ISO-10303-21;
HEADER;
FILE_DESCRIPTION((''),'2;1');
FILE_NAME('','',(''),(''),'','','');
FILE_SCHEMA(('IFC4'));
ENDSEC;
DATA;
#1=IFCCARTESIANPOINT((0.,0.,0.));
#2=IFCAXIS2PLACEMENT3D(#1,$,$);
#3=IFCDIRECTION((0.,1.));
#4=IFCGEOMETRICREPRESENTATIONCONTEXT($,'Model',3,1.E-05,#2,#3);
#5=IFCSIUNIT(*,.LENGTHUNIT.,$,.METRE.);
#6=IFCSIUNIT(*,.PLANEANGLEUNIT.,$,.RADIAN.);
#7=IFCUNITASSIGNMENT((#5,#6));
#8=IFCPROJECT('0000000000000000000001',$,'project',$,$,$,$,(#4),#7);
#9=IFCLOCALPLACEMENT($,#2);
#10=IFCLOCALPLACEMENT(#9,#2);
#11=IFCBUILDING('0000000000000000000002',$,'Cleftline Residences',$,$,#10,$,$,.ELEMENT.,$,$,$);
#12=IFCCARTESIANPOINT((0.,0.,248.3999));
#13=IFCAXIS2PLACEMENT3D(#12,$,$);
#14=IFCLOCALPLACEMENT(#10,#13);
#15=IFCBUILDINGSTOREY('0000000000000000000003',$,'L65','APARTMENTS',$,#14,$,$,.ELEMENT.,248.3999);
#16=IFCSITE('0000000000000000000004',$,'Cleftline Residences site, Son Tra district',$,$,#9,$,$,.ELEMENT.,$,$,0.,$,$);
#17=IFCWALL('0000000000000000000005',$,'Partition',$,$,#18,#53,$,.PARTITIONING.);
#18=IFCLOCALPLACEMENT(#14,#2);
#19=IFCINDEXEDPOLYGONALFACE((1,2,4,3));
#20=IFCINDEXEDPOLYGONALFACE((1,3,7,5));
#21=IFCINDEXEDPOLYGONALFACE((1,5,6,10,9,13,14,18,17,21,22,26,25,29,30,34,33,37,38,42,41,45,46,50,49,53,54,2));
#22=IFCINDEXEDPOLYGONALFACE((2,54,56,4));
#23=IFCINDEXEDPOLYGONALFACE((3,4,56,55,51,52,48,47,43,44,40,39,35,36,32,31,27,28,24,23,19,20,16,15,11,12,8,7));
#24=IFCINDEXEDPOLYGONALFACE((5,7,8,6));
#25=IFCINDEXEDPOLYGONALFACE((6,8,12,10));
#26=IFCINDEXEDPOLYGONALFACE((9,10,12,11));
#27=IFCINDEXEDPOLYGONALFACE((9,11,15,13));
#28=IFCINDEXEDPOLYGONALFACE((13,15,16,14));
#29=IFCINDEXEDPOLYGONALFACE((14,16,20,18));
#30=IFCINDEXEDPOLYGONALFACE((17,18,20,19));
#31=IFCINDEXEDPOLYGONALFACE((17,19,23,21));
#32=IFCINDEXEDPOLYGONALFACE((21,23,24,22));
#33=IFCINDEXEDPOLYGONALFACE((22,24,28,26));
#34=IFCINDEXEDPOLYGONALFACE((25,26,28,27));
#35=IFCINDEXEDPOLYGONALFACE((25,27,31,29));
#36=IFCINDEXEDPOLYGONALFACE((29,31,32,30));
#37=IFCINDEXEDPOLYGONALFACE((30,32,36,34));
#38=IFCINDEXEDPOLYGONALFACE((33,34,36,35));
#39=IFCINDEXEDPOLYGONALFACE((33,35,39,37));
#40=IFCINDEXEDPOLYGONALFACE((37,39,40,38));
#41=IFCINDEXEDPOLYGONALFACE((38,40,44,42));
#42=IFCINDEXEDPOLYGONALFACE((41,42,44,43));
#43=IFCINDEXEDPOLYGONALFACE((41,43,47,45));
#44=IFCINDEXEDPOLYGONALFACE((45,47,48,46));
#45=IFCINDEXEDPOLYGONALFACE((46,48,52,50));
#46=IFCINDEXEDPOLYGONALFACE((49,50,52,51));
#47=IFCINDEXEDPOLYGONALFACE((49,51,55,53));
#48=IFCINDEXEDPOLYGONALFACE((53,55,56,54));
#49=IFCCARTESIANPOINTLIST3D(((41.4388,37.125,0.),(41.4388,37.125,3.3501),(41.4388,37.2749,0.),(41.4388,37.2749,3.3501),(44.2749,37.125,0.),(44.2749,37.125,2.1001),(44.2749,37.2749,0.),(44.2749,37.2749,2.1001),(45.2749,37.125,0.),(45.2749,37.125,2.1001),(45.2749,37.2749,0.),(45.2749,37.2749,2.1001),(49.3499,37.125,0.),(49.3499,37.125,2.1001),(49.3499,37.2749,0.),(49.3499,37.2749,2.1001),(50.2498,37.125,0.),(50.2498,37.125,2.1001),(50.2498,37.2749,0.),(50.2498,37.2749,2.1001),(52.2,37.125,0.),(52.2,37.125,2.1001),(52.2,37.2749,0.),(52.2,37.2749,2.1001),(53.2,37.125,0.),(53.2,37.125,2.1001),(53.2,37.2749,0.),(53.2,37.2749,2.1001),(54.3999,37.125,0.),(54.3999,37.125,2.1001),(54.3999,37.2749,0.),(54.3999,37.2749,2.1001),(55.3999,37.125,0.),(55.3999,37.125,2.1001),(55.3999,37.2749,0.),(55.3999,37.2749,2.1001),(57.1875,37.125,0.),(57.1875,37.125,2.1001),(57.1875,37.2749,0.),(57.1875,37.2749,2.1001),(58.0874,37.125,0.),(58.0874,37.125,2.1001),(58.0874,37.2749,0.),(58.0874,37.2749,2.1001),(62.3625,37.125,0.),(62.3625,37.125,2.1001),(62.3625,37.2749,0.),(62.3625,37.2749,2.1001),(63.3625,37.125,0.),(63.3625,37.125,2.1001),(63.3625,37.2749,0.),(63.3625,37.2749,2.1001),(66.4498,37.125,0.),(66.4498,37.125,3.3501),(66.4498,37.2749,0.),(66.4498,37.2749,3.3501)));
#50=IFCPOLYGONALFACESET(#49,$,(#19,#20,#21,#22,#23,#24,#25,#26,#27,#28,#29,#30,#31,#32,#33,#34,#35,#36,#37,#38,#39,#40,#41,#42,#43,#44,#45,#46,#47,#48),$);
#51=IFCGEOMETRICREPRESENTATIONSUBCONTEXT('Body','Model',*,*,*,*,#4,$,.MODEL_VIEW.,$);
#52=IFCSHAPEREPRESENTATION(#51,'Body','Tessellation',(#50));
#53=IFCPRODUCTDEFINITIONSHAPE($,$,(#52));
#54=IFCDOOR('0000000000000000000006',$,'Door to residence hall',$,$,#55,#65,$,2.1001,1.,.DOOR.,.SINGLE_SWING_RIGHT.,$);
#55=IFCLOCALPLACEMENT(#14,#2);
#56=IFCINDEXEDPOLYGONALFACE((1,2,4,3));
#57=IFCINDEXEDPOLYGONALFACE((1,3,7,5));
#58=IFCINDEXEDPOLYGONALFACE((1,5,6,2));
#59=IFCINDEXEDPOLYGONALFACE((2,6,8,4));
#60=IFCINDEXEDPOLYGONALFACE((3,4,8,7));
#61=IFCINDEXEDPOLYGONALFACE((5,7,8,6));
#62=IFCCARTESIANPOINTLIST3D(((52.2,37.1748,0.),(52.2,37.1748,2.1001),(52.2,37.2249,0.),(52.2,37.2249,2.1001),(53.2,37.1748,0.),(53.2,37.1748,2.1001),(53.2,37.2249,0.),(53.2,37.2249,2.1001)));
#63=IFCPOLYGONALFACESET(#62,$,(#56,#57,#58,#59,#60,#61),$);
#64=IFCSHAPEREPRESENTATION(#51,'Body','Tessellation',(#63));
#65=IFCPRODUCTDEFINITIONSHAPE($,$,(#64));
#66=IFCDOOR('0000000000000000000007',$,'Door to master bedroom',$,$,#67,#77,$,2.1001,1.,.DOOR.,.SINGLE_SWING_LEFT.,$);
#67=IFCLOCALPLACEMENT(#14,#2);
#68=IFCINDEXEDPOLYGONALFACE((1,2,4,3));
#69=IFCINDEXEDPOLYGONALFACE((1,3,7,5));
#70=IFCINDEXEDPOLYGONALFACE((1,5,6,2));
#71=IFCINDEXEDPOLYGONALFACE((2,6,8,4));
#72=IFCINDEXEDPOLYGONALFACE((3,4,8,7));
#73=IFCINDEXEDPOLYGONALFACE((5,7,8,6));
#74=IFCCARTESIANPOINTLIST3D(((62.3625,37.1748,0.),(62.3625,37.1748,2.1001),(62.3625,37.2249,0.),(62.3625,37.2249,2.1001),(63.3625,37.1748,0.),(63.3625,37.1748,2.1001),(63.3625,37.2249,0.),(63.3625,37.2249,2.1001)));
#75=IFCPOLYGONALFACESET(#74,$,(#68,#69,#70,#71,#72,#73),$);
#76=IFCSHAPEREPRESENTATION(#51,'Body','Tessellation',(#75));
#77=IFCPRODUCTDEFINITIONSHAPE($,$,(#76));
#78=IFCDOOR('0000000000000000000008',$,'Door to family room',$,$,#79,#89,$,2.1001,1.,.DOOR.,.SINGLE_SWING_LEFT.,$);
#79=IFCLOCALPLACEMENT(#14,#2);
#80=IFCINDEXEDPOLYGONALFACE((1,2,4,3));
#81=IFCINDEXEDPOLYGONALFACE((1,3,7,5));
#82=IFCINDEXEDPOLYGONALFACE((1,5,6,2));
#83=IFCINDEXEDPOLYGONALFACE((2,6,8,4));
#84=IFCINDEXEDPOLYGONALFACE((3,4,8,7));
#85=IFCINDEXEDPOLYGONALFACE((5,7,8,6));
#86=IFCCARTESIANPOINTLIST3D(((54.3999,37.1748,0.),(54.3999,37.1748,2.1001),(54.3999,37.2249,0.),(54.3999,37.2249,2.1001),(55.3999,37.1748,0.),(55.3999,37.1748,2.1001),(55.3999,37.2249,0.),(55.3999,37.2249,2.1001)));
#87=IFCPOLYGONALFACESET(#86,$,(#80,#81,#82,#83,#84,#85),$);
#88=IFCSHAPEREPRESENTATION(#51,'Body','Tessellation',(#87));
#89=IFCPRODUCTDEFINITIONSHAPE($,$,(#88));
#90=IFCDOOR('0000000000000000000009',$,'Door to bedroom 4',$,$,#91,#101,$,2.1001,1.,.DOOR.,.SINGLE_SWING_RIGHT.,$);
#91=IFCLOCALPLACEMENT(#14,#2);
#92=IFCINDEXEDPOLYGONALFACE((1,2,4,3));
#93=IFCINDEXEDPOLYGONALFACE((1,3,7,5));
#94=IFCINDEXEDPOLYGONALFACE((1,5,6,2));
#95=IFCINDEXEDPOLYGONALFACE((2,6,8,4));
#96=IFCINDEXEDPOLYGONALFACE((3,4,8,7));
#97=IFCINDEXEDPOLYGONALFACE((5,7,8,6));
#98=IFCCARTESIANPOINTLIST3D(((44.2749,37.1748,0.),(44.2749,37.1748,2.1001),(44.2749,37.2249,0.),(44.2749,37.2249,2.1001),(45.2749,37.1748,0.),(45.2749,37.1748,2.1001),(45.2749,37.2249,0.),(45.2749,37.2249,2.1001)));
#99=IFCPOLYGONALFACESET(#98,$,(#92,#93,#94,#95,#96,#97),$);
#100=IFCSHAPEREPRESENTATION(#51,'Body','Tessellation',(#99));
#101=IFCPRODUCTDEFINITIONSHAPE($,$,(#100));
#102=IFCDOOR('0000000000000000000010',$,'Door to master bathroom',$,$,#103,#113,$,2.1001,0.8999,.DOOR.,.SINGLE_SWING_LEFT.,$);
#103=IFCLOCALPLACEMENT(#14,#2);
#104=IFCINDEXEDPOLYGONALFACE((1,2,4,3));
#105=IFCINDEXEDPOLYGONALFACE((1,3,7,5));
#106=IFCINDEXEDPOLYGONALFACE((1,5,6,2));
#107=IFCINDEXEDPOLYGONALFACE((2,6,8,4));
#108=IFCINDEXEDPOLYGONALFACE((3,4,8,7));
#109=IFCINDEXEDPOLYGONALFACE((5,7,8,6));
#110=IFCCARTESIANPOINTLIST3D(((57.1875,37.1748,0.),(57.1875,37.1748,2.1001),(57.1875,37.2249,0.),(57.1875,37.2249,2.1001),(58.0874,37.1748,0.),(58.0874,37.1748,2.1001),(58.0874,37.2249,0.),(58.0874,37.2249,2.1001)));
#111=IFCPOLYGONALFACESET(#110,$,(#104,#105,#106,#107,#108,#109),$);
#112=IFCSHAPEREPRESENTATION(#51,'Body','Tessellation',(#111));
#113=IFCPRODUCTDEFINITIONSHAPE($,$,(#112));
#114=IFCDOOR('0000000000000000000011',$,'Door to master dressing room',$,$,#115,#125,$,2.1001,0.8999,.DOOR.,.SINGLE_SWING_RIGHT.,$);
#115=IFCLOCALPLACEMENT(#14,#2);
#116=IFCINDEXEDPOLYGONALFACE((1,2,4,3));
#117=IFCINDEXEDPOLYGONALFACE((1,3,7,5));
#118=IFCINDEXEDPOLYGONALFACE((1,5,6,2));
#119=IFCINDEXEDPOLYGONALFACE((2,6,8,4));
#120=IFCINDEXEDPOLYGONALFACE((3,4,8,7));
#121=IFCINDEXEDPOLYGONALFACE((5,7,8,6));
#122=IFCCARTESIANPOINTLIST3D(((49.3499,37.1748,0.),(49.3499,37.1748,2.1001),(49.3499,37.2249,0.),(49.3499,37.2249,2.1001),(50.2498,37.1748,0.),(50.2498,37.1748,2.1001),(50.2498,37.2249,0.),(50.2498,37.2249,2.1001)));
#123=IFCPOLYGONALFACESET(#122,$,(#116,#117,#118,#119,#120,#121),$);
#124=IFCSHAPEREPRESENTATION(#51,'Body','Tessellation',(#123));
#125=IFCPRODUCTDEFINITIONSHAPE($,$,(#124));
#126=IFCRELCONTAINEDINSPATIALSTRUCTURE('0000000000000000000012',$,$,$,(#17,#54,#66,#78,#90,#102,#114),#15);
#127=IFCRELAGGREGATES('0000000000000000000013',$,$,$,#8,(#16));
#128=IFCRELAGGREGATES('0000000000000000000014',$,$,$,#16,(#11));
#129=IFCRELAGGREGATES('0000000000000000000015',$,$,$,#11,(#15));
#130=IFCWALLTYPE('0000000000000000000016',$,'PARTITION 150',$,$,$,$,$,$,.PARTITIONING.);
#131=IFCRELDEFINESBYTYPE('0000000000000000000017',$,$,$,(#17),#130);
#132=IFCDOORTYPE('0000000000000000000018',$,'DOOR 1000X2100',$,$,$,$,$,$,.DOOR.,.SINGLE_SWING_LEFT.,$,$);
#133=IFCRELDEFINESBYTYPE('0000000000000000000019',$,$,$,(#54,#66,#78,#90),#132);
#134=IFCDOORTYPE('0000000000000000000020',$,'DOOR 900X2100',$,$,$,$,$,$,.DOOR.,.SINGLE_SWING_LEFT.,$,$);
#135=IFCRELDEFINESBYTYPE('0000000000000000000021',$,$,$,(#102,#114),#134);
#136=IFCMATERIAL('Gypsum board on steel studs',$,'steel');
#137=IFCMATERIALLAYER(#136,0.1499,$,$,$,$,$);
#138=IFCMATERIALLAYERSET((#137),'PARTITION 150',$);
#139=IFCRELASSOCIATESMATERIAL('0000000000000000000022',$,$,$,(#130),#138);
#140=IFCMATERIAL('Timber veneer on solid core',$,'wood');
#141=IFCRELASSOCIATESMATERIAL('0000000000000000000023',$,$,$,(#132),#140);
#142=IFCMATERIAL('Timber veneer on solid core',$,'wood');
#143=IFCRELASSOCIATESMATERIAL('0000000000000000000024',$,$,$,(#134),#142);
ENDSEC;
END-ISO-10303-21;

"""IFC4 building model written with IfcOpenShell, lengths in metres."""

from ifc_helpers import new_model, si_unit, direction, frame, frame_2d, origin, place, context, subcontext, project, spatial, rectangle, extrude, material, layer, layer_set, type_object, element, fill, save


model = new_model("IFC4")

# Units and contexts
model_context = context("Model", 3, precision=1e-05, world=origin(), true_north=direction((0.0, 1.0)))
body_context = subcontext(model_context, "Body", "Model", "MODEL_VIEW")
ifc_project = project(units=[si_unit("LENGTHUNIT", "METRE"), si_unit("PLANEANGLEUNIT", "RADIAN")], contexts=[model_context])

# Site, building, storey
site_placement = place(None, origin())
site = spatial("IfcSite", under=ifc_project, at=site_placement, Name="Cleftline Residences site, Son Tra district", CompositionType="ELEMENT", RefElevation=0.0)
building_placement = place(site_placement, origin())
building = spatial("IfcBuilding", under=site, at=building_placement, Name="Cleftline Residences", CompositionType="ELEMENT")
storey_placement = place(building_placement, frame((0.0, 0.0, 248.3999)))
storey = spatial("IfcBuildingStorey", under=building, at=storey_placement, Name="L65", Description="APARTMENTS", CompositionType="ELEMENT", Elevation=248.3999)

# Shared definitions
ifc_material_1 = material(Name="Gypsum board on steel studs", Category="steel")
ifc_layer_1 = layer(ifc_material_1, 0.1499)
ifc_layer_set_1 = layer_set([ifc_layer_1], Name="PARTITION 150")
wall_type = type_object("IfcWallType", Name="PARTITION 150", PredefinedType="PARTITIONING", material=ifc_layer_set_1)

# Wall, openings, doors
wall_1_placement = place(storey_placement, frame((41.439, 37.2, 0.0), z_axis=(0.0, 0.0, 1.0), x_axis=(1.0, 0.0, 0.0)))
wall_1 = element("IfcWall", 1, at=wall_1_placement, inside=storey, type_object=wall_type, Name="Partition", PredefinedType="PARTITIONING", context=body_context, shape_type="SweptSolid", body=[
    extrude(rectangle(XDim=25.011, YDim=0.1499, at=frame_2d((12.5054, 0.0))), origin(), (0.0, 0.0, 1.0), 3.3501),
])
opening_1_placement = place(wall_1_placement, frame((10.761, 0.0, 0.0)))
opening_1 = element("IfcOpeningElement", 2, at=opening_1_placement, cuts=wall_1, PredefinedType="OPENING", context=body_context, shape_type="SweptSolid", body=[
    extrude(rectangle(XDim=1.0, YDim=2.1001, at=frame_2d((0.5, 1.05))), frame((0.0, 0.085, 0.0), z_axis=(0.0, -1.0, 0.0), x_axis=(1.0, 0.0, 0.0)), (0.0, 0.0, 1.0), 0.1699),
])
opening_2_placement = place(wall_1_placement, frame((20.9236, 0.0, 0.0)))
opening_2 = element("IfcOpeningElement", 3, at=opening_2_placement, cuts=wall_1, PredefinedType="OPENING", context=body_context, shape_type="SweptSolid", body=[
    extrude(rectangle(XDim=1.0, YDim=2.1001, at=frame_2d((0.5, 1.05))), frame((0.0, 0.085, 0.0), z_axis=(0.0, -1.0, 0.0), x_axis=(1.0, 0.0, 0.0)), (0.0, 0.0, 1.0), 0.1699),
])
opening_3_placement = place(wall_1_placement, frame((15.7485, 0.0, 0.0)))
opening_3 = element("IfcOpeningElement", 4, at=opening_3_placement, cuts=wall_1, PredefinedType="OPENING", context=body_context, shape_type="SweptSolid", body=[
    extrude(rectangle(XDim=0.8999, YDim=2.1001, at=frame_2d((0.45, 1.05))), frame((0.0, 0.085, 0.0), z_axis=(0.0, -1.0, 0.0), x_axis=(1.0, 0.0, 0.0)), (0.0, 0.0, 1.0), 0.1699),
])
opening_4_placement = place(wall_1_placement, frame((12.9609, 0.0, 0.0)))
opening_4 = element("IfcOpeningElement", 5, at=opening_4_placement, cuts=wall_1, PredefinedType="OPENING", context=body_context, shape_type="SweptSolid", body=[
    extrude(rectangle(XDim=1.0, YDim=2.1001, at=frame_2d((0.5, 1.05))), frame((0.0, 0.085, 0.0), z_axis=(0.0, -1.0, 0.0), x_axis=(1.0, 0.0, 0.0)), (0.0, 0.0, 1.0), 0.1699),
])
opening_5_placement = place(wall_1_placement, frame((7.9109, 0.0, 0.0)))
opening_5 = element("IfcOpeningElement", 6, at=opening_5_placement, cuts=wall_1, PredefinedType="OPENING", context=body_context, shape_type="SweptSolid", body=[
    extrude(rectangle(XDim=0.8999, YDim=2.1001, at=frame_2d((0.45, 1.05))), frame((0.0, 0.085, 0.0), z_axis=(0.0, -1.0, 0.0), x_axis=(1.0, 0.0, 0.0)), (0.0, 0.0, 1.0), 0.1699),
])
opening_6_placement = place(wall_1_placement, frame((2.8359, 0.0, 0.0)))
opening_6 = element("IfcOpeningElement", 7, at=opening_6_placement, cuts=wall_1, PredefinedType="OPENING", context=body_context, shape_type="SweptSolid", body=[
    extrude(rectangle(XDim=1.0, YDim=2.1001, at=frame_2d((0.5, 1.05))), frame((0.0, 0.085, 0.0), z_axis=(0.0, -1.0, 0.0), x_axis=(1.0, 0.0, 0.0)), (0.0, 0.0, 1.0), 0.1699),
])
ifc_material_2 = material(Name="Timber veneer on solid core", Category="wood")
door_type_1 = type_object("IfcDoorType", Name="DOOR 1000X2100", OperationType="SINGLE_SWING_LEFT", PredefinedType="DOOR", material=ifc_material_2)
door_1_placement = place(opening_1_placement, origin())
door_1 = element("IfcDoor", 8, at=door_1_placement, inside=storey, type_object=door_type_1, Name="Door to residence hall", OperationType="SINGLE_SWING_RIGHT", OverallHeight=2.1001, OverallWidth=1.0, PredefinedType="DOOR", context=body_context, shape_type="SweptSolid", body=[
    extrude(rectangle(XDim=1.0, YDim=2.1001, at=frame_2d((0.5, 1.05))), frame((0.0, 0.0249, 0.0), z_axis=(0.0, -1.0, 0.0), x_axis=(1.0, 0.0, 0.0)), (0.0, 0.0, 1.0), 0.05),
])
fill(opening_1, door_1)
door_2_placement = place(opening_2_placement, origin())
door_2 = element("IfcDoor", 9, at=door_2_placement, inside=storey, type_object=door_type_1, Name="Door to master bedroom", OperationType="SINGLE_SWING_LEFT", OverallHeight=2.1001, OverallWidth=1.0, PredefinedType="DOOR", context=body_context, shape_type="SweptSolid", body=[
    extrude(rectangle(XDim=1.0, YDim=2.1001, at=frame_2d((0.5, 1.05))), frame((0.0, 0.0249, 0.0), z_axis=(0.0, -1.0, 0.0), x_axis=(1.0, 0.0, 0.0)), (0.0, 0.0, 1.0), 0.05),
])
fill(opening_2, door_2)
door_3_placement = place(opening_4_placement, origin())
door_3 = element("IfcDoor", 10, at=door_3_placement, inside=storey, type_object=door_type_1, Name="Door to family room", OperationType="SINGLE_SWING_LEFT", OverallHeight=2.1001, OverallWidth=1.0, PredefinedType="DOOR", context=body_context, shape_type="SweptSolid", body=[
    extrude(rectangle(XDim=1.0, YDim=2.1001, at=frame_2d((0.5, 1.05))), frame((0.0, 0.0249, 0.0), z_axis=(0.0, -1.0, 0.0), x_axis=(1.0, 0.0, 0.0)), (0.0, 0.0, 1.0), 0.05),
])
fill(opening_4, door_3)
door_4_placement = place(opening_6_placement, origin())
door_4 = element("IfcDoor", 11, at=door_4_placement, inside=storey, type_object=door_type_1, Name="Door to bedroom 4", OperationType="SINGLE_SWING_RIGHT", OverallHeight=2.1001, OverallWidth=1.0, PredefinedType="DOOR", context=body_context, shape_type="SweptSolid", body=[
    extrude(rectangle(XDim=1.0, YDim=2.1001, at=frame_2d((0.5, 1.05))), frame((0.0, 0.0249, 0.0), z_axis=(0.0, -1.0, 0.0), x_axis=(1.0, 0.0, 0.0)), (0.0, 0.0, 1.0), 0.05),
])
fill(opening_6, door_4)
ifc_material_3 = material(Name="Timber veneer on solid core", Category="wood")
door_type_2 = type_object("IfcDoorType", Name="DOOR 900X2100", OperationType="SINGLE_SWING_LEFT", PredefinedType="DOOR", material=ifc_material_3)
door_5_placement = place(opening_3_placement, origin())
door_5 = element("IfcDoor", 12, at=door_5_placement, inside=storey, type_object=door_type_2, Name="Door to master bathroom", OperationType="SINGLE_SWING_LEFT", OverallHeight=2.1001, OverallWidth=0.8999, PredefinedType="DOOR", context=body_context, shape_type="SweptSolid", body=[
    extrude(rectangle(XDim=0.8999, YDim=2.1001, at=frame_2d((0.45, 1.05))), frame((0.0, 0.0249, 0.0), z_axis=(0.0, -1.0, 0.0), x_axis=(1.0, 0.0, 0.0)), (0.0, 0.0, 1.0), 0.05),
])
fill(opening_3, door_5)
door_6_placement = place(opening_5_placement, origin())
door_6 = element("IfcDoor", 13, at=door_6_placement, inside=storey, type_object=door_type_2, Name="Door to master dressing room", OperationType="SINGLE_SWING_RIGHT", OverallHeight=2.1001, OverallWidth=0.8999, PredefinedType="DOOR", context=body_context, shape_type="SweptSolid", body=[
    extrude(rectangle(XDim=0.8999, YDim=2.1001, at=frame_2d((0.45, 1.05))), frame((0.0, 0.0249, 0.0), z_axis=(0.0, -1.0, 0.0), x_axis=(1.0, 0.0, 0.0)), (0.0, 0.0, 1.0), 0.05),
])
fill(opening_5, door_6)

save(model, "model.ifc")
